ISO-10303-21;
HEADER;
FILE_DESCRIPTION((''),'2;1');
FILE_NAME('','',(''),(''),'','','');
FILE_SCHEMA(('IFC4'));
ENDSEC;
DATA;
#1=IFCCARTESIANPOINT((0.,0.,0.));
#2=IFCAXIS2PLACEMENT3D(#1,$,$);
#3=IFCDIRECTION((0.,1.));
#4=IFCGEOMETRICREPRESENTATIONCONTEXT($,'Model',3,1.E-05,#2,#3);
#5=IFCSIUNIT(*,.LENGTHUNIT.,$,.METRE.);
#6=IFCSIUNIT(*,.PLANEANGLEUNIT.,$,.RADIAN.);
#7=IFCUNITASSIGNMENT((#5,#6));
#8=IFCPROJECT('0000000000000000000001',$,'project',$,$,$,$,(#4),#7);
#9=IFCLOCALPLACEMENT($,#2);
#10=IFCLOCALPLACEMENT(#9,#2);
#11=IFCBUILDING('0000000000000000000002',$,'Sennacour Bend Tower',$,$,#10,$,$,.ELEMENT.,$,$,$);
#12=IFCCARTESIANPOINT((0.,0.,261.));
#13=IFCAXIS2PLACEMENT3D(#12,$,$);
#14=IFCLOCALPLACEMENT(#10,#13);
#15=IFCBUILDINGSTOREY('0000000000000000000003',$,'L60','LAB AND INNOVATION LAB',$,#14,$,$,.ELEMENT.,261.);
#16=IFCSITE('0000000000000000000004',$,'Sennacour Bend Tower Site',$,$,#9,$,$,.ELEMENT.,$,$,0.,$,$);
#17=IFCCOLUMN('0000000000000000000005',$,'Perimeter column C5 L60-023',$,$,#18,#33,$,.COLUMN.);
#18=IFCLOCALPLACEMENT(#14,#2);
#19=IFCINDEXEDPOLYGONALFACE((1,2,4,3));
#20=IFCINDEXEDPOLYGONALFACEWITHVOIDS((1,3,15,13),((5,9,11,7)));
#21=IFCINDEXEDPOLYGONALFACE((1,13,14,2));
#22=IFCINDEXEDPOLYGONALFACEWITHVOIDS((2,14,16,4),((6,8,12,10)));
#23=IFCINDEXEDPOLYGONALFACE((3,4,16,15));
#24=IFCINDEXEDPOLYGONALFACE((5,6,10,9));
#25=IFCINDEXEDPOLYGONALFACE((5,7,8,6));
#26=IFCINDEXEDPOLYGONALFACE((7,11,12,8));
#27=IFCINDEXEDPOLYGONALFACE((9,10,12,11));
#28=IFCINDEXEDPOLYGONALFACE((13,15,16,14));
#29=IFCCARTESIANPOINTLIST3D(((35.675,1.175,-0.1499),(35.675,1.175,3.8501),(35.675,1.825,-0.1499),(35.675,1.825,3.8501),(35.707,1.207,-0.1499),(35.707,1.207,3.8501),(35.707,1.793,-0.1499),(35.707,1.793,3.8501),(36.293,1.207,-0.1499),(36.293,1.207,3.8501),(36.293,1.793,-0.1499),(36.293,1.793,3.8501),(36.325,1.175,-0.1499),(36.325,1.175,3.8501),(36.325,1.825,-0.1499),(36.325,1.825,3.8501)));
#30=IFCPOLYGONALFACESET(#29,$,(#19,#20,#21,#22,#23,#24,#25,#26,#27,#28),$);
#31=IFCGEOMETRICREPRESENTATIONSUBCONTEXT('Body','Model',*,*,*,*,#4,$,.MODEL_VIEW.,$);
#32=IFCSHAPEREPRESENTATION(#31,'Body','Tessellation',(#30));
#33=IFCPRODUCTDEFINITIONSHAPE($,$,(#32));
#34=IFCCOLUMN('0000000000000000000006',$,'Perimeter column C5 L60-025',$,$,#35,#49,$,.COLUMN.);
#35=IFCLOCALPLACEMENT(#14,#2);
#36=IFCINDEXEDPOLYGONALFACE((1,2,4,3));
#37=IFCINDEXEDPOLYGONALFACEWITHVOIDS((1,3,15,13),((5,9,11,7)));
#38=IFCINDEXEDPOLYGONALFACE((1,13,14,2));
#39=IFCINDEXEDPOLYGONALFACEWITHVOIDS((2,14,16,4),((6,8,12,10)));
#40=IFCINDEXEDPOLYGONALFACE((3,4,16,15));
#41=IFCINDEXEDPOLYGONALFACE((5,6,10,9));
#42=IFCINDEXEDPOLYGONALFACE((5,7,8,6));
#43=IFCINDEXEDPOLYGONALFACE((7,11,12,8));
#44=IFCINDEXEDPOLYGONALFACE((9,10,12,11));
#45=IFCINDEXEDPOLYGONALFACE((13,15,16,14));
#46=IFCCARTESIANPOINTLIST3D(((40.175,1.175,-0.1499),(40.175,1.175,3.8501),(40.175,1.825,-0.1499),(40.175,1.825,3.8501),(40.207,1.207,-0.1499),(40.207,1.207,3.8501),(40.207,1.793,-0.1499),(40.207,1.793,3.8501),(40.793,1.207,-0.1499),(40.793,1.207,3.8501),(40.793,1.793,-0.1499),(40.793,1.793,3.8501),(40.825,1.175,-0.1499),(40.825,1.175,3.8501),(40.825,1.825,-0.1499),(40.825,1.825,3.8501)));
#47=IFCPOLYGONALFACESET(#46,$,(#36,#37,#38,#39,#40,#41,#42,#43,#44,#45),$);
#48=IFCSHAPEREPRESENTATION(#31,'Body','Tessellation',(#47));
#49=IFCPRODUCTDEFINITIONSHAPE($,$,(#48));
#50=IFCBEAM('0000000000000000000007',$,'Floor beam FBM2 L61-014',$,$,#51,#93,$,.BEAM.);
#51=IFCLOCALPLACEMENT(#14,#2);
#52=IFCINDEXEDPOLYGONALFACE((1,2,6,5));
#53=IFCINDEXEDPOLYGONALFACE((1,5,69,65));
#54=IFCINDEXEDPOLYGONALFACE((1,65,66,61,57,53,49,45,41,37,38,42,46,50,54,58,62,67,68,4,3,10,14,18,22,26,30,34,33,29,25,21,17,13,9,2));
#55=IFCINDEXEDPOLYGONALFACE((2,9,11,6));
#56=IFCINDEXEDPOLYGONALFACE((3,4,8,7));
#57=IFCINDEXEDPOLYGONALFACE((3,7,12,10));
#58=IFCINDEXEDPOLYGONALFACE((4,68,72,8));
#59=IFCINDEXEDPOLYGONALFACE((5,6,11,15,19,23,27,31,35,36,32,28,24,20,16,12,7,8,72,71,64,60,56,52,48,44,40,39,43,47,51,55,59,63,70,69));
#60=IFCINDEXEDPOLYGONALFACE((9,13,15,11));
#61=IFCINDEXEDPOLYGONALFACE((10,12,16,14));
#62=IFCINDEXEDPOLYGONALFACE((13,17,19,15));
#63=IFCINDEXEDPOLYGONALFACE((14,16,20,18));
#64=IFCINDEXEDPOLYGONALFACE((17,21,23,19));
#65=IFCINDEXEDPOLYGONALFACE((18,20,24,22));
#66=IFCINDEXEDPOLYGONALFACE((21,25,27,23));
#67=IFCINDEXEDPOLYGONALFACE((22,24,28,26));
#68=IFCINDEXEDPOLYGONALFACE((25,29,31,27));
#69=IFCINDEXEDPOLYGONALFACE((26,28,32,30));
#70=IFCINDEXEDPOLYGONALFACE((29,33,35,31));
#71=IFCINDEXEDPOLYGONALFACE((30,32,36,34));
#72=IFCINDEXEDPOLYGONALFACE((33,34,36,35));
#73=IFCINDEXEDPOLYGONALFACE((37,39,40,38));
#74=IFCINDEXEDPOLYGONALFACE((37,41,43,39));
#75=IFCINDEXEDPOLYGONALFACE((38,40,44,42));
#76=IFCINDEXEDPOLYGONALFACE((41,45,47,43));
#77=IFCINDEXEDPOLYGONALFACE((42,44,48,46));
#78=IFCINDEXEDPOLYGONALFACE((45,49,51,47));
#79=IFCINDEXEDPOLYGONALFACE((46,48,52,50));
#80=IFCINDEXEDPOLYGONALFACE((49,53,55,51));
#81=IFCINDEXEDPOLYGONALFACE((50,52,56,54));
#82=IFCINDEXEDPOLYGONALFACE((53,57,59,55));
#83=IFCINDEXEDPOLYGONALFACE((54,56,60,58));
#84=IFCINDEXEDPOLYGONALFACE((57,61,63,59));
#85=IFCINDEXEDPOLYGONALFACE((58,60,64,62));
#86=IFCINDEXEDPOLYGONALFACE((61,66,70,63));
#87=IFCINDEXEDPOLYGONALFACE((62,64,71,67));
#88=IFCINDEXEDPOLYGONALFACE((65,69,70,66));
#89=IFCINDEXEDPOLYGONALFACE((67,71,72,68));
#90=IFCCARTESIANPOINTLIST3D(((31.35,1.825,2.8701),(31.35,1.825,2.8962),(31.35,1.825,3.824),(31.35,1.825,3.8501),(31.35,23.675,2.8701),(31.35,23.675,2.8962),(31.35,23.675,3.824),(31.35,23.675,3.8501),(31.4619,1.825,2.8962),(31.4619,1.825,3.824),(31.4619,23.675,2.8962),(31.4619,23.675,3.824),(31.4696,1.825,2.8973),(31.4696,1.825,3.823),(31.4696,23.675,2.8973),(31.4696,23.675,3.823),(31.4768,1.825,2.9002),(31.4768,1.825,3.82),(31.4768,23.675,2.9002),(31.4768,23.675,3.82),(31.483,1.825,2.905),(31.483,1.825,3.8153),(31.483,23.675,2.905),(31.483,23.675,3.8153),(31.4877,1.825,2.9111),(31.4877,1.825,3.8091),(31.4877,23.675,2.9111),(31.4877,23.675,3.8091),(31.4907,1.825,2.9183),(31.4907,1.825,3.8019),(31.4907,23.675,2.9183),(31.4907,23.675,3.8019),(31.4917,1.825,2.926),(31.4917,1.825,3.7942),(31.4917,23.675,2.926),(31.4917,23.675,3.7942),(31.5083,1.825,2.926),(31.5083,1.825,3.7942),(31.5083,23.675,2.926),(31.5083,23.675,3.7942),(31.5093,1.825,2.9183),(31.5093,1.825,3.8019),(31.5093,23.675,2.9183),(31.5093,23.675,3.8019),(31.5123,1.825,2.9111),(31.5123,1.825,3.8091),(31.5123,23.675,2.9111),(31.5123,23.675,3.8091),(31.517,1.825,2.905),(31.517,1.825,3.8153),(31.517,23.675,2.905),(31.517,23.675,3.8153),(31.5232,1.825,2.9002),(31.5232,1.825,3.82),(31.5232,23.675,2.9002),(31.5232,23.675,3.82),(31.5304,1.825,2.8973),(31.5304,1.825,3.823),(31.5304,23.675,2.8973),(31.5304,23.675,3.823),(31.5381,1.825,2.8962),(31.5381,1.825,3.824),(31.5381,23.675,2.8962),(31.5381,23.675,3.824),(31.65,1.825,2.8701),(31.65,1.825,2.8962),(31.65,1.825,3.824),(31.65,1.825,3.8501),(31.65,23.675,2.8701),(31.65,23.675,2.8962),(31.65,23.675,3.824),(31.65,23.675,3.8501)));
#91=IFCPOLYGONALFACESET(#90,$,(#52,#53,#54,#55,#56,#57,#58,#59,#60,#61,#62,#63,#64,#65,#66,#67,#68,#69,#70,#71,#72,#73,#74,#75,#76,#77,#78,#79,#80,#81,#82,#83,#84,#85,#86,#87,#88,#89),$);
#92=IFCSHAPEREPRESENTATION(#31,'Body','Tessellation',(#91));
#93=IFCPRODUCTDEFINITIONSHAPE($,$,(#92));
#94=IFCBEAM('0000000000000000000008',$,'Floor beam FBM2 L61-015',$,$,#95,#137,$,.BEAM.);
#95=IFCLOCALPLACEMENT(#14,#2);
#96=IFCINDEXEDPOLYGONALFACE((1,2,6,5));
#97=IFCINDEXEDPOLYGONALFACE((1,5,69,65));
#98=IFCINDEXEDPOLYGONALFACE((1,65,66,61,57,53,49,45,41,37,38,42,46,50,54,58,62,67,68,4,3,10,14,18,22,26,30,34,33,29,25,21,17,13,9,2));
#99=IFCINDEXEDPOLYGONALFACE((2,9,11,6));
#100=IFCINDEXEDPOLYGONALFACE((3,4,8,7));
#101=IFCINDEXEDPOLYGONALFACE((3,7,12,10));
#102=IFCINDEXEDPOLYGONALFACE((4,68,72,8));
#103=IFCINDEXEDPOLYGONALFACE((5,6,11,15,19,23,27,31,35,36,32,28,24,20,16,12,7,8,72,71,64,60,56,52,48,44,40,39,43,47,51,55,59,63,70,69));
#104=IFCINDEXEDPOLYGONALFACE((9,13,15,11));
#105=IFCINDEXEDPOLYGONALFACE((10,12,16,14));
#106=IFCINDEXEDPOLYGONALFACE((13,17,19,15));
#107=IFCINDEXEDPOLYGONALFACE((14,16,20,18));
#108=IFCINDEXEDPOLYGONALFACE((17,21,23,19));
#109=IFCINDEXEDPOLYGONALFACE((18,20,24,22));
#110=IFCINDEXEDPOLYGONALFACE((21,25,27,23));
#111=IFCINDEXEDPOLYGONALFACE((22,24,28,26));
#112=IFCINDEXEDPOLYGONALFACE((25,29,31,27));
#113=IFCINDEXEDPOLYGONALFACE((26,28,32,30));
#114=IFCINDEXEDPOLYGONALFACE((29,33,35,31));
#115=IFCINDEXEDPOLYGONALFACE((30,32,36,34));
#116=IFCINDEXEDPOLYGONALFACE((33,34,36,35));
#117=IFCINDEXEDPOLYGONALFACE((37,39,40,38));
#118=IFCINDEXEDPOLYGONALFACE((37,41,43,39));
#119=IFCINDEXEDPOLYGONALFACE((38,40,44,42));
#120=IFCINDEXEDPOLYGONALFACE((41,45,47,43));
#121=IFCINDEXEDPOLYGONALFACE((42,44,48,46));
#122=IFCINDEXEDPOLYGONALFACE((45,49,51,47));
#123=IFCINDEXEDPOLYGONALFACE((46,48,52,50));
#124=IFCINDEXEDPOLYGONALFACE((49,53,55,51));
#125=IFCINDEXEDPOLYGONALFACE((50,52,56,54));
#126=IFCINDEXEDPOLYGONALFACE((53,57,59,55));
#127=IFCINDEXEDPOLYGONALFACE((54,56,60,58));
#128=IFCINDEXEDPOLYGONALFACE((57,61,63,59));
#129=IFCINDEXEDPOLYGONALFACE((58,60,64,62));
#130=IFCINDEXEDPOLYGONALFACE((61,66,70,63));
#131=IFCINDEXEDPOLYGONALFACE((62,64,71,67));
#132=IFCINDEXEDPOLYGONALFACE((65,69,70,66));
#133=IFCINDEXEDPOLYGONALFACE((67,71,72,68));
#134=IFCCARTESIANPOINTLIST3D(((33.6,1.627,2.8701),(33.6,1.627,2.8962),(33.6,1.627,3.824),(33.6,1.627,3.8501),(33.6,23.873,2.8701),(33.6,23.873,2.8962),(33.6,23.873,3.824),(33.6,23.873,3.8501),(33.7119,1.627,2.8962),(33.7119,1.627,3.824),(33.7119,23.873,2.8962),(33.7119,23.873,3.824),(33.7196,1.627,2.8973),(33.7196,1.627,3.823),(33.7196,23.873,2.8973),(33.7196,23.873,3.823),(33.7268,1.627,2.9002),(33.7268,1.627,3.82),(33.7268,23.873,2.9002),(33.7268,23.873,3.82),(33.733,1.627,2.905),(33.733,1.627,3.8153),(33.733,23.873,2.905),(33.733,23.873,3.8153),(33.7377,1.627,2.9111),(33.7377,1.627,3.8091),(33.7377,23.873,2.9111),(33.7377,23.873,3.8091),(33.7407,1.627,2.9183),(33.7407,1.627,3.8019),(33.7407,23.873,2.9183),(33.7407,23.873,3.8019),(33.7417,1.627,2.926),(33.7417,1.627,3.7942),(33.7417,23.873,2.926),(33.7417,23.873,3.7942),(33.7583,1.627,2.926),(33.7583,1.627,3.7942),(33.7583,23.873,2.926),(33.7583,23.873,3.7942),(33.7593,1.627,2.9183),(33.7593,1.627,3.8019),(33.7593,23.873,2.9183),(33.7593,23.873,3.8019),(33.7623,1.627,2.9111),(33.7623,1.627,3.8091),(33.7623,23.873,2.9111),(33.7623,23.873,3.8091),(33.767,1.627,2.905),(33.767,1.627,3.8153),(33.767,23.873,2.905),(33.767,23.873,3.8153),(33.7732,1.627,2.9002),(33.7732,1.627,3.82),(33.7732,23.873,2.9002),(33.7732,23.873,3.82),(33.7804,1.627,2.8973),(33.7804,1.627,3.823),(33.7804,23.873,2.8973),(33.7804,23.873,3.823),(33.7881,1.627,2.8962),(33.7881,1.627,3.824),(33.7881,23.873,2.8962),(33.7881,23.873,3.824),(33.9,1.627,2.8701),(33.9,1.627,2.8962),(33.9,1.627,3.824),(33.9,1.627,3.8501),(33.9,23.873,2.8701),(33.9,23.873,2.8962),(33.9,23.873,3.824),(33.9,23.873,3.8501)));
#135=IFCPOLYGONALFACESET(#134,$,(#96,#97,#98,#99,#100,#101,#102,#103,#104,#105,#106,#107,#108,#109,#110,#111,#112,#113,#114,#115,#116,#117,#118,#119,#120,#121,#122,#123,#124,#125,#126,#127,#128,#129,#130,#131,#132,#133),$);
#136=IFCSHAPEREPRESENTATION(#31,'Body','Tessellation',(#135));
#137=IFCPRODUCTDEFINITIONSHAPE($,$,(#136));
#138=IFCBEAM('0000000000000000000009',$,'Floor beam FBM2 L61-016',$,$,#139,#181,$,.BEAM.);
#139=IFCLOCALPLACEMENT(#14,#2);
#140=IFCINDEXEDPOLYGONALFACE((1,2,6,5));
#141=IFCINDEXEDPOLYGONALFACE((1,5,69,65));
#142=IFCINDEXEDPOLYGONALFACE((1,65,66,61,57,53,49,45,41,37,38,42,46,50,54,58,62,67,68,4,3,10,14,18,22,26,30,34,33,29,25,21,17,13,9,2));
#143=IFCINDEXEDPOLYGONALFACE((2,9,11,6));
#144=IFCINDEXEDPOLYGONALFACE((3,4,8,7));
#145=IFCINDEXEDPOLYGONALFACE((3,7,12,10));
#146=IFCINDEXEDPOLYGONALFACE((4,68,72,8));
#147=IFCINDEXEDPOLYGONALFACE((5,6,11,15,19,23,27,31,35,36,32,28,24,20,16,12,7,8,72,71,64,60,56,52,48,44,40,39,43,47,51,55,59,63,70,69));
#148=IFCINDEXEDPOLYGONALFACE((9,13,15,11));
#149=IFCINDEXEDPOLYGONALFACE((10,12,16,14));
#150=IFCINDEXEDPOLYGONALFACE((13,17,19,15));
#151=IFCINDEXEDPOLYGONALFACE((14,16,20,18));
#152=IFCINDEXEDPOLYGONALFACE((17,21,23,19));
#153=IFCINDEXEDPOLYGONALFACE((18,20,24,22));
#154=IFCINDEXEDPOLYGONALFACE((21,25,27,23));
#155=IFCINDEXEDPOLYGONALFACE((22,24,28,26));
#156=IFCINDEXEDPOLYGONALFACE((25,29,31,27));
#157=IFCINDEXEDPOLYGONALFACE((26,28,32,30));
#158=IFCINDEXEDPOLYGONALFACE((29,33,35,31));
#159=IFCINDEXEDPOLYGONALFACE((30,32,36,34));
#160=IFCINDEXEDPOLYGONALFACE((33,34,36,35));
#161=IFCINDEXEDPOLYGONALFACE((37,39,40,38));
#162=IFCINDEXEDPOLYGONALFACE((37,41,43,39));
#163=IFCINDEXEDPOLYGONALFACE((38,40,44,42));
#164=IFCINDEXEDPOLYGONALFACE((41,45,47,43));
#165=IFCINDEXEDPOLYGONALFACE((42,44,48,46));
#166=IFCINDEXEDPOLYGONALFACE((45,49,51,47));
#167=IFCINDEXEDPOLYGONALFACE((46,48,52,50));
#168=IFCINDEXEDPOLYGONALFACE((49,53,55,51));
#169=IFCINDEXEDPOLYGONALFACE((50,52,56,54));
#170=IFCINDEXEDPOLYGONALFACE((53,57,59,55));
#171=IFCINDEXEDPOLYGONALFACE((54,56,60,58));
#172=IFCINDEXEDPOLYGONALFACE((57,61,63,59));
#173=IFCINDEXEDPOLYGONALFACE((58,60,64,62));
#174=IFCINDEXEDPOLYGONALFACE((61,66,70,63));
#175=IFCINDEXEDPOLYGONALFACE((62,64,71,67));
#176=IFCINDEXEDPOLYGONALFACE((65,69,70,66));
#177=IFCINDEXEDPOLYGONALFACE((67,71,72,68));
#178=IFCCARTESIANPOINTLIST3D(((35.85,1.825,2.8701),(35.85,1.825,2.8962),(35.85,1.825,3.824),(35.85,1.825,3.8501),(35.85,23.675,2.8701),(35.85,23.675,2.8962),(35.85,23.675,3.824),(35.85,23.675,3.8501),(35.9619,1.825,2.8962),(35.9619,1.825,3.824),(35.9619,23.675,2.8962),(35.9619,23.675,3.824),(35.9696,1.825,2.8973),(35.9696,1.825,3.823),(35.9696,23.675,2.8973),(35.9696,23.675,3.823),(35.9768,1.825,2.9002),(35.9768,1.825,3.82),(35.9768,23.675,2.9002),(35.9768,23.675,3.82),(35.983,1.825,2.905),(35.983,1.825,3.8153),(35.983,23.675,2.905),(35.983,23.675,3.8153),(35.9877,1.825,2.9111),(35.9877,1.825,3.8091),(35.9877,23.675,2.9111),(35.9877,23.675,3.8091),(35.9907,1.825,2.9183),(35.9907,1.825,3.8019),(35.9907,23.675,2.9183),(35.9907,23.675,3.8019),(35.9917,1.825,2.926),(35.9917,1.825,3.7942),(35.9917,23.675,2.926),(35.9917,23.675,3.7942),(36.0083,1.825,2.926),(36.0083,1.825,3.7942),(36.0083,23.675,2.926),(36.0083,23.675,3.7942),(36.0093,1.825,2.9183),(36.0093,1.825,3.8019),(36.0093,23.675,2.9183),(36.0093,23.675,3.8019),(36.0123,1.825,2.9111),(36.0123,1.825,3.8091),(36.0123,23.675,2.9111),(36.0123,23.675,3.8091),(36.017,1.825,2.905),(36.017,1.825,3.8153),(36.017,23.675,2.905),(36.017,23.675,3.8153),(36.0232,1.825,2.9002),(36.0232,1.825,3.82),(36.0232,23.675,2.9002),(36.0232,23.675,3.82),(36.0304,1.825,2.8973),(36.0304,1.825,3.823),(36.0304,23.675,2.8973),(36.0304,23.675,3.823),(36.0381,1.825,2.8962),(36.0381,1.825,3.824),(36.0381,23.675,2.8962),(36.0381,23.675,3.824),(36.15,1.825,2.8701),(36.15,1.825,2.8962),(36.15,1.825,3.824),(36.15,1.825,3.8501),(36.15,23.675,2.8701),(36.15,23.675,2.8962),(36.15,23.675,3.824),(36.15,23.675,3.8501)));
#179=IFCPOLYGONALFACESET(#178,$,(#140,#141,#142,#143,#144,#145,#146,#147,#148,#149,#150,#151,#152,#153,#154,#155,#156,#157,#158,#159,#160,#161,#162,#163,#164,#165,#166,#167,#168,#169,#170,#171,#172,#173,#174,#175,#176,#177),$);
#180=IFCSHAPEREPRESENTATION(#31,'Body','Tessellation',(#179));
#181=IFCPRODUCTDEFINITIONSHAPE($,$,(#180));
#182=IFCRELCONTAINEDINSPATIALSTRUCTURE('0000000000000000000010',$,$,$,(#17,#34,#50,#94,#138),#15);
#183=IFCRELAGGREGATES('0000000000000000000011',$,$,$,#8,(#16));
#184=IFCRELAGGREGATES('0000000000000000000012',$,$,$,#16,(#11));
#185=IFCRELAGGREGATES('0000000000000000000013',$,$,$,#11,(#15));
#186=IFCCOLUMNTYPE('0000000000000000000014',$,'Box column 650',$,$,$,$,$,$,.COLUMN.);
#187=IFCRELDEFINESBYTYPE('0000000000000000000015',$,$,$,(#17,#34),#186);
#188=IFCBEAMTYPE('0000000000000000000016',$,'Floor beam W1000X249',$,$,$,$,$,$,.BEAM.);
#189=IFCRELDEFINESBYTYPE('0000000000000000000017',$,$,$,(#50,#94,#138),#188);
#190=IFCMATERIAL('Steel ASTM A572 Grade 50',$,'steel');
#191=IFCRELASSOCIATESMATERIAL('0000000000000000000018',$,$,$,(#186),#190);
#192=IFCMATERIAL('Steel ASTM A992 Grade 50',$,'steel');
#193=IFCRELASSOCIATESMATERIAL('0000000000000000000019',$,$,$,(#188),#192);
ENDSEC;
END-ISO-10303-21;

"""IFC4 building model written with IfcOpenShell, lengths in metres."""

from ifc_helpers import new_model, si_unit, direction, frame, origin, origin_2d, place, context, subcontext, project, spatial, hollow_rectangle, i_section, extrude, material, material_profile, profile_set, type_object, element, save


model = new_model("IFC4")

# Units and contexts
model_context = context("Model", 3, precision=1e-05, world=origin(), true_north=direction((0.0, 1.0)))
body_context = subcontext(model_context, "Body", "Model", "MODEL_VIEW")
ifc_project = project(units=[si_unit("LENGTHUNIT", "METRE"), si_unit("PLANEANGLEUNIT", "RADIAN")], contexts=[model_context])

# Site, building, storey
site_placement = place(None, origin())
site = spatial("IfcSite", under=ifc_project, at=site_placement, Name="Sennacour Bend Tower Site", CompositionType="ELEMENT", RefElevation=0.0)
building_placement = place(site_placement, origin())
building = spatial("IfcBuilding", under=site, at=building_placement, Name="Sennacour Bend Tower", CompositionType="ELEMENT")
storey_placement = place(building_placement, frame((0.0, 0.0, 261.0)))
storey = spatial("IfcBuildingStorey", under=building, at=storey_placement, Name="L60", Description="LAB AND INNOVATION LAB", CompositionType="ELEMENT", Elevation=261.0)

# Columns
ifc_material_1 = material(Name="Steel ASTM A572 Grade 50", Category="steel")
ifc_material_profile_1 = material_profile(ifc_material_1, hollow_rectangle(XDim=0.6499, YDim=0.6499, WallThickness=0.032, at=origin_2d()), Name="Steel ASTM A572 Grade 50", Category="steel")
ifc_profile_set_1 = profile_set([ifc_material_profile_1], Name="Steel ASTM A572 Grade 50")
column_type = type_object("IfcColumnType", Name="Box column 650", PredefinedType="COLUMN", material=ifc_profile_set_1)
for number, where, z_axis, x_axis, name in (
    (1, (36.0, 1.5, -0.1499), (0.0, 0.0, 1.0), (1.0, 0.0, 0.0), "Perimeter column C5 L60-023"),
    (2, (40.5, 1.5, -0.1499), (0.0, 0.0, 1.0), (1.0, 0.0, 0.0), "Perimeter column C5 L60-025"),
):
    element("IfcColumn", number, at=place(storey_placement, frame(where, z_axis=z_axis, x_axis=x_axis)), inside=storey, type_object=column_type, Name=name, PredefinedType="COLUMN", context=body_context, shape_type="SweptSolid", body=[
        extrude(hollow_rectangle(XDim=0.6499, YDim=0.6499, WallThickness=0.032, at=origin_2d()), origin(), (0.0, 0.0, 1.0), 4.0),
    ])

# Beams
ifc_material_2 = material(Name="Steel ASTM A992 Grade 50", Category="steel")
ifc_material_profile_2 = material_profile(ifc_material_2, i_section(OverallWidth=0.3, OverallDepth=0.98, WebThickness=0.0166, FlangeThickness=0.0261, FilletRadius=0.0298, at=origin_2d()), Name="Steel ASTM A992 Grade 50", Category="steel")
ifc_profile_set_2 = profile_set([ifc_material_profile_2], Name="Steel ASTM A992 Grade 50")
beam_type_1 = type_object("IfcBeamType", Name="Floor beam W1000X249", PredefinedType="BEAM", material=ifc_profile_set_2)
beam_1_placement = place(storey_placement, frame((31.5, 1.825, 3.3601), z_axis=(0.0, 1.0, 0.0), x_axis=(-1.0, 0.0, 0.0)))
element("IfcBeam", 3, at=beam_1_placement, inside=storey, type_object=beam_type_1, Name="Floor beam FBM2 L61-014", PredefinedType="BEAM", context=body_context, shape_type="SweptSolid", body=[
    extrude(i_section(OverallWidth=0.3, OverallDepth=0.98, WebThickness=0.0166, FlangeThickness=0.0261, FilletRadius=0.0298, at=origin_2d()), origin(), (0.0, 0.0, 1.0), 21.8501),
])
beam_2_placement = place(storey_placement, frame((33.75, 1.627, 3.3601), z_axis=(0.0, 1.0, 0.0), x_axis=(-1.0, 0.0, 0.0)))
element("IfcBeam", 4, at=beam_2_placement, inside=storey, type_object=beam_type_1, Name="Floor beam FBM2 L61-015", PredefinedType="BEAM", context=body_context, shape_type="SweptSolid", body=[
    extrude(i_section(OverallWidth=0.3, OverallDepth=0.98, WebThickness=0.0166, FlangeThickness=0.0261, FilletRadius=0.0298, at=origin_2d()), origin(), (0.0, 0.0, 1.0), 22.2461),
])
beam_3_placement = place(storey_placement, frame((36.0, 1.825, 3.3601), z_axis=(0.0, 1.0, 0.0), x_axis=(-1.0, 0.0, 0.0)))
element("IfcBeam", 5, at=beam_3_placement, inside=storey, type_object=beam_type_1, Name="Floor beam FBM2 L61-016", PredefinedType="BEAM", context=body_context, shape_type="SweptSolid", body=[
    extrude(i_section(OverallWidth=0.3, OverallDepth=0.98, WebThickness=0.0166, FlangeThickness=0.0261, FilletRadius=0.0298, at=origin_2d()), origin(), (0.0, 0.0, 1.0), 21.8501),
])

save(model, "model.ifc")
